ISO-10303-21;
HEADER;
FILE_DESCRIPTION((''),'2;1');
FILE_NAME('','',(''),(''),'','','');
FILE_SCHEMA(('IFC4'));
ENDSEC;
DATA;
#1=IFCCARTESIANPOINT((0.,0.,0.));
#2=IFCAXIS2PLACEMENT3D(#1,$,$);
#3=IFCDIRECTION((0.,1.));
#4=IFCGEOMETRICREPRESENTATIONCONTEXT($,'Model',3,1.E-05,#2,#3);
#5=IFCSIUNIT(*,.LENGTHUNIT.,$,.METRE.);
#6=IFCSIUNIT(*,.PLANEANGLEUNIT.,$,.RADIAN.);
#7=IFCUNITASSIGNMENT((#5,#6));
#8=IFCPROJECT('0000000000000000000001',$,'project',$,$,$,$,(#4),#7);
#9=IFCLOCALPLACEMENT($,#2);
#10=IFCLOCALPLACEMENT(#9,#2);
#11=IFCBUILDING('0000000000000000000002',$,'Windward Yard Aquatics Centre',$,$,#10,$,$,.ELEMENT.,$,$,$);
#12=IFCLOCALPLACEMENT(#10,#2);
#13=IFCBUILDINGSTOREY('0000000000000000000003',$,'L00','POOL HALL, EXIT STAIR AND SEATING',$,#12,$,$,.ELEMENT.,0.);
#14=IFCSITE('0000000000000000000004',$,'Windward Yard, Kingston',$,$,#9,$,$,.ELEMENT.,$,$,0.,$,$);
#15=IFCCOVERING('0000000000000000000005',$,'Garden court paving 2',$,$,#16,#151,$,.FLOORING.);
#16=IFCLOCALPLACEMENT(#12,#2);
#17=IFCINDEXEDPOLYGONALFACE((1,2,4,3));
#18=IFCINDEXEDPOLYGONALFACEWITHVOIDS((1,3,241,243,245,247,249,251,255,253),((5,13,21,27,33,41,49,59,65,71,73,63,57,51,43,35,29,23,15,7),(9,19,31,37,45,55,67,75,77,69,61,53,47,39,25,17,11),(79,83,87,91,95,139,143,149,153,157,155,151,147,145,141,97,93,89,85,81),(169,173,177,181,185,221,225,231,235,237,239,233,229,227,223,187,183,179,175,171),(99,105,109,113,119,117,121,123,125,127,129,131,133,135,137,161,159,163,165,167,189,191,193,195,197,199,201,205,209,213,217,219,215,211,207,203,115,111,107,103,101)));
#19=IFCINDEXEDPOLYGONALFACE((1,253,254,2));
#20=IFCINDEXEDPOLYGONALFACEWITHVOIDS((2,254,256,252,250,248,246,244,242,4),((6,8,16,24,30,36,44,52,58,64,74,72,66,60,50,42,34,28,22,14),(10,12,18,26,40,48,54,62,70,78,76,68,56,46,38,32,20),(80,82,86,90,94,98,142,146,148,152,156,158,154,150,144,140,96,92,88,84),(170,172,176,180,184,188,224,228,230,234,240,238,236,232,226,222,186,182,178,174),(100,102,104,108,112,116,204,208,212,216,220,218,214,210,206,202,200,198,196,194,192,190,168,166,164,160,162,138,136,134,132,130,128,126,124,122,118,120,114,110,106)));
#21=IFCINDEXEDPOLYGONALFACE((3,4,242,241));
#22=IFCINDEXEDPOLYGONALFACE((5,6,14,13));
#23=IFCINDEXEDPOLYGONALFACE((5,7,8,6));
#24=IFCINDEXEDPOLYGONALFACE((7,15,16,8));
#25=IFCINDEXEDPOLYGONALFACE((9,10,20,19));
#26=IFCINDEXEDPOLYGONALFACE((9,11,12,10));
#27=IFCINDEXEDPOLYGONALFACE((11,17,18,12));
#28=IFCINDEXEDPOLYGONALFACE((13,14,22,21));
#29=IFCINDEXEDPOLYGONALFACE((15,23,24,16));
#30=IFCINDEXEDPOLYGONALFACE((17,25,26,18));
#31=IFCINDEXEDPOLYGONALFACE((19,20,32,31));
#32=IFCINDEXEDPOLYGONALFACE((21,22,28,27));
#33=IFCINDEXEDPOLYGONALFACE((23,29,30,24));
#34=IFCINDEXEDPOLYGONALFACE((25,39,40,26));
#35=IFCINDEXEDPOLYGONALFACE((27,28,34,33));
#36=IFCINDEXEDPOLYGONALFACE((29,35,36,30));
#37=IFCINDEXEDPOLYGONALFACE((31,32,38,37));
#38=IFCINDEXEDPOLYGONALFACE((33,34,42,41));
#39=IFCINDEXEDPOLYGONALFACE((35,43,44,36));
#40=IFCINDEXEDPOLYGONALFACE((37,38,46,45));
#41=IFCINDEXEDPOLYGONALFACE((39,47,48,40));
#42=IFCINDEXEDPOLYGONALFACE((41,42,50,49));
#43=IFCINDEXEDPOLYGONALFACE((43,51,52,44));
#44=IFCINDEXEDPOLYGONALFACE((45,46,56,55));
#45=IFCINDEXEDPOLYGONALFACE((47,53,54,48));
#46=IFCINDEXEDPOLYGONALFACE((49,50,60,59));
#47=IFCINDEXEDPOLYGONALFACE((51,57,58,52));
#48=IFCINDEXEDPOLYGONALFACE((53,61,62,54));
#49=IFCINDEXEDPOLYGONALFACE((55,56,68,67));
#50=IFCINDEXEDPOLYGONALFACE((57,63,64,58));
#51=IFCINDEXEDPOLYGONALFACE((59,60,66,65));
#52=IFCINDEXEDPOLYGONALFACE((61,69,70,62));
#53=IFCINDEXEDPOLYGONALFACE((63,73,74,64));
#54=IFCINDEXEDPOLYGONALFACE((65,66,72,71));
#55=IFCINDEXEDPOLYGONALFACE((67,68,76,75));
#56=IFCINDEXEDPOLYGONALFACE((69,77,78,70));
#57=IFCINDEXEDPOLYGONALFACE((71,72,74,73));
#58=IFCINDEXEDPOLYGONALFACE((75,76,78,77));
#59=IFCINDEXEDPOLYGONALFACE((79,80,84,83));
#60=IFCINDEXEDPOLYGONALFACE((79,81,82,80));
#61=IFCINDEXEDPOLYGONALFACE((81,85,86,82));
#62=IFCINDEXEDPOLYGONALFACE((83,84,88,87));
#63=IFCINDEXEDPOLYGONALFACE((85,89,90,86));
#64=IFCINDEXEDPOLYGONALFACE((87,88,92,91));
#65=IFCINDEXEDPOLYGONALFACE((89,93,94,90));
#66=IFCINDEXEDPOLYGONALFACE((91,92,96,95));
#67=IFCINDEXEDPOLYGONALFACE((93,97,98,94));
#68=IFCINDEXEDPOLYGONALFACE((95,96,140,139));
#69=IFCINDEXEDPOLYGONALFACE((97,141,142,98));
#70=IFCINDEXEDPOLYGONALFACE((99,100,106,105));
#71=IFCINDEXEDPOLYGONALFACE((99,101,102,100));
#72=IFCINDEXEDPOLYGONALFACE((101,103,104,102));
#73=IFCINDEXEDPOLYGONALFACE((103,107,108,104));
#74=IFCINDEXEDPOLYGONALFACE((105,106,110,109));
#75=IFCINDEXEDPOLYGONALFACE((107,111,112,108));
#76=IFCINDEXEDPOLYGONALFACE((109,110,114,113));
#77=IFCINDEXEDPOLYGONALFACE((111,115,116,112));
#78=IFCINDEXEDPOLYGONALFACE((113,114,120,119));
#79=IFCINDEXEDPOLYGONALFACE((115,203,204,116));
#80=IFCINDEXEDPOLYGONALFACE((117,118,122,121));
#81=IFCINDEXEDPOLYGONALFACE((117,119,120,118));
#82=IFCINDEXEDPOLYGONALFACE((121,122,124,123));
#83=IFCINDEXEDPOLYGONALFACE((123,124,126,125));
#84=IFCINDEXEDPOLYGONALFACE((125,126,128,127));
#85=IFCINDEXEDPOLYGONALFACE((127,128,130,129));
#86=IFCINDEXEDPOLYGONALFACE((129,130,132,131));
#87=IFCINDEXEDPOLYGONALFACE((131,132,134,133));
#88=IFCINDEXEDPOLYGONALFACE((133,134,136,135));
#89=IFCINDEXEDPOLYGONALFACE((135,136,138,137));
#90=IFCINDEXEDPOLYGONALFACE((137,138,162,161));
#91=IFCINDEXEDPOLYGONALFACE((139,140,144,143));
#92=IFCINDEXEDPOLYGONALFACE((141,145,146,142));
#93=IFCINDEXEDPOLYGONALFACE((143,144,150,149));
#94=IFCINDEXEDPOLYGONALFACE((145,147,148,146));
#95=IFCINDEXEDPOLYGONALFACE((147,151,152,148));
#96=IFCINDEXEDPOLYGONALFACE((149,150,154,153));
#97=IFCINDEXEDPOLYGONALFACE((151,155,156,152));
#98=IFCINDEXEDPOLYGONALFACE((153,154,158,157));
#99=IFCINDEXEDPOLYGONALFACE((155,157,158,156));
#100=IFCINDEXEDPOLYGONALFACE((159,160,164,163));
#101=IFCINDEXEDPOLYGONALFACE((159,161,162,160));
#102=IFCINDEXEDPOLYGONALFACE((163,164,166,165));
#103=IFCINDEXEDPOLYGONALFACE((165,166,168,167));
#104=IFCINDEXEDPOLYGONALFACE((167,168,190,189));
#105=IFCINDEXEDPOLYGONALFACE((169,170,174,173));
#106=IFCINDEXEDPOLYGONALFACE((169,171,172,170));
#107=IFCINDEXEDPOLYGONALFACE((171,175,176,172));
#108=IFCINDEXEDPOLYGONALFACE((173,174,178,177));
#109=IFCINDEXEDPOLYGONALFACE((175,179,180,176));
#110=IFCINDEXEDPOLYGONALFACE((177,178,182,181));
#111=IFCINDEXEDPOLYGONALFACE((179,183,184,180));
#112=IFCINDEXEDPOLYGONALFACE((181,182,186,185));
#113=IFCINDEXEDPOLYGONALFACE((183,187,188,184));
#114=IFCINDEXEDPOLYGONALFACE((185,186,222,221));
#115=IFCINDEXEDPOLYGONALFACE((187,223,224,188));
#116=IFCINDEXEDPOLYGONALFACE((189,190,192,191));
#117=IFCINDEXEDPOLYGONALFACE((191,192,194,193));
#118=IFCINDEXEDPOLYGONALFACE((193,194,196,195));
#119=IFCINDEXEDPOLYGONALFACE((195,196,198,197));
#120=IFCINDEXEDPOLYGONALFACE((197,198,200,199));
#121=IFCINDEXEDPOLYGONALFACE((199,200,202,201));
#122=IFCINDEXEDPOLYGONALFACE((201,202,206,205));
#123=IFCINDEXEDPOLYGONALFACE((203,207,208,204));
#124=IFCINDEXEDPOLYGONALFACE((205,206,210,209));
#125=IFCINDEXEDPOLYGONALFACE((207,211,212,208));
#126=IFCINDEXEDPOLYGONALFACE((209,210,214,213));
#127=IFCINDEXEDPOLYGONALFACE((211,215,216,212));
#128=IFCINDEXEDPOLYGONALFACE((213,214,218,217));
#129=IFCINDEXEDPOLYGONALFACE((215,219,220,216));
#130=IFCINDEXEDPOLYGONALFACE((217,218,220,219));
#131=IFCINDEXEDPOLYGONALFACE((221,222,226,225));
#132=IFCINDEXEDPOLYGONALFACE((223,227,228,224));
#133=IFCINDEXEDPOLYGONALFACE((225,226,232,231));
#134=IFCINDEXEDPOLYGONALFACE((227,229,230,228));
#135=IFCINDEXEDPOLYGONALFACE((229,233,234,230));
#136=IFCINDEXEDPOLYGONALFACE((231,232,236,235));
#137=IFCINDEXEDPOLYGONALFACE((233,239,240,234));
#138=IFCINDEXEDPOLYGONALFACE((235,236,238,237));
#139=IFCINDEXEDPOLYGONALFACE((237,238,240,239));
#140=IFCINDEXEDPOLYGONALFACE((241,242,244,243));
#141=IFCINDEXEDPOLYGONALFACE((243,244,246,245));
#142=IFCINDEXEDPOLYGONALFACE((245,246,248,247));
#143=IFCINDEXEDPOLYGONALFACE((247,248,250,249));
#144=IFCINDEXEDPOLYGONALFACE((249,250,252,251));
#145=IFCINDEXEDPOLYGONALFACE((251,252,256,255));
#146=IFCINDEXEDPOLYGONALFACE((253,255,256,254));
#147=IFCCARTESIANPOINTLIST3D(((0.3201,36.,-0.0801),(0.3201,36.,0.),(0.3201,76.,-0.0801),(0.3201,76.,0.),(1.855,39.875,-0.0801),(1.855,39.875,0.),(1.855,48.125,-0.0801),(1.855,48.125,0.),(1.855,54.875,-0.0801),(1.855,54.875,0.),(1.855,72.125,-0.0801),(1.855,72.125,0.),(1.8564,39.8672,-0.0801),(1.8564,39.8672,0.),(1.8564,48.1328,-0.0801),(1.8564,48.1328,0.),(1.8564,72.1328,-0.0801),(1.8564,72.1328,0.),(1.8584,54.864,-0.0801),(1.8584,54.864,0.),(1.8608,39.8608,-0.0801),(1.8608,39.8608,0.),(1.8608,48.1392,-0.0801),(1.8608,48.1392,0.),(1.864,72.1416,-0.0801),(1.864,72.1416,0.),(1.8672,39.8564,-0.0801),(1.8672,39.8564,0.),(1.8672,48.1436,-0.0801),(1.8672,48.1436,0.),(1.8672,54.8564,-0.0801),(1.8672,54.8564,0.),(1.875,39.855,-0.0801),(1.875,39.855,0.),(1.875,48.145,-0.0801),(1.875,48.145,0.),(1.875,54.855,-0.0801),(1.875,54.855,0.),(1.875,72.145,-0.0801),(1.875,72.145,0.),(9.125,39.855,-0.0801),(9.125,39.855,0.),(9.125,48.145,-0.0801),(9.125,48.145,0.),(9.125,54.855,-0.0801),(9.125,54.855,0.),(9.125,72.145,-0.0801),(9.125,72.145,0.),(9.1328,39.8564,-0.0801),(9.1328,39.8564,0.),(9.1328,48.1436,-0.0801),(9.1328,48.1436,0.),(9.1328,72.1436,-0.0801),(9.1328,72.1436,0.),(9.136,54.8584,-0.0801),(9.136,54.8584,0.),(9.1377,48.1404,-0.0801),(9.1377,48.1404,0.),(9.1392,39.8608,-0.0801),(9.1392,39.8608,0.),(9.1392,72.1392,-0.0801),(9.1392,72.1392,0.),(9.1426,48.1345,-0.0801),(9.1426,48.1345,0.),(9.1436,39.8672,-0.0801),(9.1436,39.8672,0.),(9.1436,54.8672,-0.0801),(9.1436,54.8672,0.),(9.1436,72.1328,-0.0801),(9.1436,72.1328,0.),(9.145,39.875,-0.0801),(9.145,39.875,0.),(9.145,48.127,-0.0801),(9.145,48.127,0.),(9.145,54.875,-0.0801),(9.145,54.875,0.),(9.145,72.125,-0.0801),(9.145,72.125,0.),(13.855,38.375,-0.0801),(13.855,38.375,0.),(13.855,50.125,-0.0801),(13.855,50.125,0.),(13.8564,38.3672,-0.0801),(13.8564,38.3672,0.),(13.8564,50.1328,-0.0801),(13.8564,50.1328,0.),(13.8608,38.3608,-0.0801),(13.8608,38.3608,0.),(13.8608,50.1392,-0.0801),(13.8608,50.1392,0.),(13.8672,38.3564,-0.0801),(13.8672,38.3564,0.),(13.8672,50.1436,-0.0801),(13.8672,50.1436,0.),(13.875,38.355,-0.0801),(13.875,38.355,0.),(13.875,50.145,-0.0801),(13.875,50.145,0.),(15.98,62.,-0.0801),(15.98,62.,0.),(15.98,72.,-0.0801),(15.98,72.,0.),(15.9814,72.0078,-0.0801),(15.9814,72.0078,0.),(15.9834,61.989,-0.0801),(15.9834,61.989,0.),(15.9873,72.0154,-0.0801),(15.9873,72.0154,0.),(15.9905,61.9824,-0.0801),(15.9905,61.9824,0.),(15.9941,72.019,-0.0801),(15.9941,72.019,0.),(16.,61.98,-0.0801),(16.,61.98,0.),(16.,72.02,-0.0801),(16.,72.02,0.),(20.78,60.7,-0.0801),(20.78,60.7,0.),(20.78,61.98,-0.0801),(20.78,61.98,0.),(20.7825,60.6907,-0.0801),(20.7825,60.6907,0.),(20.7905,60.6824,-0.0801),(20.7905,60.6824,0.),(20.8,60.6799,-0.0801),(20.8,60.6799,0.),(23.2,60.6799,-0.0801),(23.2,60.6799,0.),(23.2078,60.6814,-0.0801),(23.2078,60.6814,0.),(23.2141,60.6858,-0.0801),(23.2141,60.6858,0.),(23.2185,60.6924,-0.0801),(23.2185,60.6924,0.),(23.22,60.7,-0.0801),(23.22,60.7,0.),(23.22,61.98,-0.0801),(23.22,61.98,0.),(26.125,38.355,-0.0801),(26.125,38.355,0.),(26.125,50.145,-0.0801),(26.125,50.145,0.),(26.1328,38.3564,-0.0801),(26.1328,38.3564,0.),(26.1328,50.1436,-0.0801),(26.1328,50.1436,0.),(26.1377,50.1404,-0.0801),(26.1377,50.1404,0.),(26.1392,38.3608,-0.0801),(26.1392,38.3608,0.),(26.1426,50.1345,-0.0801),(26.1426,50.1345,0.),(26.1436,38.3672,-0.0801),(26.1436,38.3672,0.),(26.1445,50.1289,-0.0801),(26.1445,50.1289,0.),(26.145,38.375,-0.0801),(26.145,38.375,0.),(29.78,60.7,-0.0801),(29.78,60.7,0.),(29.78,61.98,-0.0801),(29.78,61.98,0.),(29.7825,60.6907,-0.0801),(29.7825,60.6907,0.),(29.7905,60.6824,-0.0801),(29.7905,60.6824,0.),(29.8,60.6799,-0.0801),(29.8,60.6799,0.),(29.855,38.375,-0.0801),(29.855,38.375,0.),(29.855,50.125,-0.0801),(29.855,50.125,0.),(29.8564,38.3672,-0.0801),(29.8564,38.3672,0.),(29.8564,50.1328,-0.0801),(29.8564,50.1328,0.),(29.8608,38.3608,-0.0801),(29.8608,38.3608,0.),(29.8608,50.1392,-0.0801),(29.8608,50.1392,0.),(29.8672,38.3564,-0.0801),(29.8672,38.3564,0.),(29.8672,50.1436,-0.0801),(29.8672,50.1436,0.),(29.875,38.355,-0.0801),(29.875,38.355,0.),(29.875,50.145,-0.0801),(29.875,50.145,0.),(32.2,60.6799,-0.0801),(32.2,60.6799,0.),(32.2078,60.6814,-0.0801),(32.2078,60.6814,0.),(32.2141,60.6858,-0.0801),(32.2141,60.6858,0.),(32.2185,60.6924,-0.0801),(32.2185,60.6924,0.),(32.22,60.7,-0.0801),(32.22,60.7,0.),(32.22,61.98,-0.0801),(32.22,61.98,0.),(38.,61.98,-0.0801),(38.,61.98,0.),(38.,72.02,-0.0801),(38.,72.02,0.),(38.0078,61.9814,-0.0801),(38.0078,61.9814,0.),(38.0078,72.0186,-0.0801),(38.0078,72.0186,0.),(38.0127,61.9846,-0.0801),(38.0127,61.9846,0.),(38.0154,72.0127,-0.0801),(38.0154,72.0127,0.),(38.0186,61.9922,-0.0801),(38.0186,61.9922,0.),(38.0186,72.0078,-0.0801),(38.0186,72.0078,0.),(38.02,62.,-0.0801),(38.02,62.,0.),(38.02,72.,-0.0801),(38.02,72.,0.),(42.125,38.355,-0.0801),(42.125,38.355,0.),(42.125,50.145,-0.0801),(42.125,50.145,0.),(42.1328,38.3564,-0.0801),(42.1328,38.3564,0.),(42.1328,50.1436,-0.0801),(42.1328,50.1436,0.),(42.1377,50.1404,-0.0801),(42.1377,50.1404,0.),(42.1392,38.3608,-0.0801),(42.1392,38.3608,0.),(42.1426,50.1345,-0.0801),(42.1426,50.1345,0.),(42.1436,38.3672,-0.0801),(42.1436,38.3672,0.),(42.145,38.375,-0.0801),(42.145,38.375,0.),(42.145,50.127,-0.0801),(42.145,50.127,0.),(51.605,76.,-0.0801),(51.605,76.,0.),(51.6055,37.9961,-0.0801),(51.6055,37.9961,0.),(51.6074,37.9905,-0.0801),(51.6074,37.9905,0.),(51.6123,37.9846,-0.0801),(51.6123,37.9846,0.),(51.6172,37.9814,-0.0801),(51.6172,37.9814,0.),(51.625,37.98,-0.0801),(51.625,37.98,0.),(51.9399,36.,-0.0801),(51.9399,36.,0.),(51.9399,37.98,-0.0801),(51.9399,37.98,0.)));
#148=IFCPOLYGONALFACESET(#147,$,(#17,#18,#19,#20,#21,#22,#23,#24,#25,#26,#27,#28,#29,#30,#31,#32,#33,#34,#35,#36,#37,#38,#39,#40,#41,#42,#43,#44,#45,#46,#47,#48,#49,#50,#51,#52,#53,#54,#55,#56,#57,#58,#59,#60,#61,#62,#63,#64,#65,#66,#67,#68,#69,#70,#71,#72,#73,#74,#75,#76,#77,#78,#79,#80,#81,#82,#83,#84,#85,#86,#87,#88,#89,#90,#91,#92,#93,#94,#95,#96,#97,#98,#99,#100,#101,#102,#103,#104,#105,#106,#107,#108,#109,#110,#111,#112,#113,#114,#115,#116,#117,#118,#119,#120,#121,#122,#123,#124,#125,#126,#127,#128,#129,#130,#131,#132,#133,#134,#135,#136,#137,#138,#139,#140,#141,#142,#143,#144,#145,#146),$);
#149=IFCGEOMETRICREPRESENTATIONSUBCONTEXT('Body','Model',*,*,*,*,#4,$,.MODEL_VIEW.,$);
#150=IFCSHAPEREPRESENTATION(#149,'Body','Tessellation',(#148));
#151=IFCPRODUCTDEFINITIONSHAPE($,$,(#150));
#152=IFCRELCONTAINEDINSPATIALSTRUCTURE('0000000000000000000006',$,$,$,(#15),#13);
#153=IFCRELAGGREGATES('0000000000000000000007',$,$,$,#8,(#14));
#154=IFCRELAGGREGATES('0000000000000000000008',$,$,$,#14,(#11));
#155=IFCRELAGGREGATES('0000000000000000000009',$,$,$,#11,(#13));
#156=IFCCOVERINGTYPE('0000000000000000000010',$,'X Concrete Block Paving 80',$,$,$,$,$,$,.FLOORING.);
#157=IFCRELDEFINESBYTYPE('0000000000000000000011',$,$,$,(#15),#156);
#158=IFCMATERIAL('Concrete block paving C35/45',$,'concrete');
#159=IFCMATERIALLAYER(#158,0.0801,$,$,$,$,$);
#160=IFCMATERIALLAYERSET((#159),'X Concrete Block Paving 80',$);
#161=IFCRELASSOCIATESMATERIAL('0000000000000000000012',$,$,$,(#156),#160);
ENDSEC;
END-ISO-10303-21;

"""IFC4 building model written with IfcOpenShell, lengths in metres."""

from ifc_helpers import new_model, si_unit, direction, frame, origin, place, context, subcontext, project, spatial, polyline, outline, extrude, material, layer, layer_set, type_object, element, save


model = new_model("IFC4")

# Units and contexts
model_context = context("Model", 3, precision=1e-05, world=origin(), true_north=direction((0.0, 1.0)))
body_context = subcontext(model_context, "Body", "Model", "MODEL_VIEW")
ifc_project = project(units=[si_unit("LENGTHUNIT", "METRE"), si_unit("PLANEANGLEUNIT", "RADIAN")], contexts=[model_context])

# Site, building, storey
site_placement = place(None, origin())
site = spatial("IfcSite", under=ifc_project, at=site_placement, Name="Windward Yard, Kingston", CompositionType="ELEMENT", RefElevation=0.0)
building_placement = place(site_placement, origin())
building = spatial("IfcBuilding", under=site, at=building_placement, Name="Windward Yard Aquatics Centre", CompositionType="ELEMENT")
storey_placement = place(building_placement, origin())
storey = spatial("IfcBuildingStorey", under=building, at=storey_placement, Name="L00", Description="POOL HALL, EXIT STAIR AND SEATING", CompositionType="ELEMENT", Elevation=0.0)

# Covering
ifc_material_1 = material(Name="Concrete block paving C35/45", Category="concrete")
ifc_layer_1 = layer(ifc_material_1, 0.0801)
ifc_layer_set_1 = layer_set([ifc_layer_1], Name="X Concrete Block Paving 80")
covering_type_1 = type_object("IfcCoveringType", Name="X Concrete Block Paving 80", PredefinedType="FLOORING", material=ifc_layer_set_1)
covering_1_placement = place(storey_placement, frame((0.0, 0.0, -0.0801)))
element("IfcCovering", 1, at=covering_1_placement, inside=storey, type_object=covering_type_1, Name="Garden court paving 2", PredefinedType="FLOORING", context=body_context, shape_type="SweptSolid", body=[
    extrude(outline(polyline([(0.3201, 36.0), (51.9399, 36.0), (51.9399, 37.98), (51.625, 37.98), (51.6172, 37.9814), (51.6123, 37.9846), (51.6074, 37.9905), (51.6055, 37.9961), (51.605, 76.0), (0.3201, 76.0), (0.3201, 36.0)]), holes=[polyline([(29.855, 38.375), (29.8564, 38.3672), (29.8608, 38.3608), (29.8672, 38.3564), (29.875, 38.355), (42.125, 38.355), (42.1328, 38.3564), (42.1392, 38.3608), (42.1436, 38.3672), (42.145, 38.375), (42.145, 50.127), (42.1426, 50.1345), (42.1377, 50.1404), (42.1328, 50.1436), (42.125, 50.145), (29.875, 50.145), (29.8672, 50.1436), (29.8608, 50.1392), (29.8564, 50.1328), (29.855, 50.125), (29.855, 38.375)]), polyline([(15.98, 62.0), (15.9834, 61.989), (15.9905, 61.9824), (16.0, 61.98), (20.78, 61.98), (20.78, 60.7), (20.7825, 60.6907), (20.7905, 60.6824), (20.8, 60.6799), (23.2, 60.6799), (23.2078, 60.6814), (23.2141, 60.6858), (23.2185, 60.6924), (23.22, 60.7), (23.22, 61.98), (29.78, 61.98), (29.78, 60.7), (29.7825, 60.6907), (29.7905, 60.6824), (29.8, 60.6799), (32.2, 60.6799), (32.2078, 60.6814), (32.2141, 60.6858), (32.2185, 60.6924), (32.22, 60.7), (32.22, 61.98), (38.0, 61.98), (38.0078, 61.9814), (38.0127, 61.9846), (38.0186, 61.9922), (38.02, 62.0), (38.02, 72.0), (38.0186, 72.0078), (38.0154, 72.0127), (38.0078, 72.0186), (38.0, 72.02), (16.0, 72.02), (15.9941, 72.019), (15.9873, 72.0154), (15.9814, 72.0078), (15.98, 72.0), (15.98, 62.0)]), polyline([(13.855, 38.375), (13.8564, 38.3672), (13.8608, 38.3608), (13.8672, 38.3564), (13.875, 38.355), (26.125, 38.355), (26.1328, 38.3564), (26.1392, 38.3608), (26.1436, 38.3672), (26.145, 38.375), (26.1445, 50.1289), (26.1426, 50.1345), (26.1377, 50.1404), (26.1328, 50.1436), (26.125, 50.145), (13.875, 50.145), (13.8672, 50.1436), (13.8608, 50.1392), (13.8564, 50.1328), (13.855, 50.125), (13.855, 38.375)]), polyline([(1.855, 39.875), (1.8564, 39.8672), (1.8608, 39.8608), (1.8672, 39.8564), (1.875, 39.855), (9.125, 39.855), (9.1328, 39.8564), (9.1392, 39.8608), (9.1436, 39.8672), (9.145, 39.875), (9.145, 48.127), (9.1426, 48.1345), (9.1377, 48.1404), (9.1328, 48.1436), (9.125, 48.145), (1.875, 48.145), (1.8672, 48.1436), (1.8608, 48.1392), (1.8564, 48.1328), (1.855, 48.125), (1.855, 39.875)]), polyline([(1.855, 54.875), (1.8584, 54.864), (1.8672, 54.8564), (1.875, 54.855), (9.125, 54.855), (9.136, 54.8584), (9.1436, 54.8672), (9.145, 54.875), (9.145, 72.125), (9.1436, 72.1328), (9.1392, 72.1392), (9.1328, 72.1436), (9.125, 72.145), (1.875, 72.145), (1.864, 72.1416), (1.8564, 72.1328), (1.855, 72.125), (1.855, 54.875)])]), origin(), (0.0, 0.0, 1.0), 0.0801),
])

save(model, "model.ifc")
